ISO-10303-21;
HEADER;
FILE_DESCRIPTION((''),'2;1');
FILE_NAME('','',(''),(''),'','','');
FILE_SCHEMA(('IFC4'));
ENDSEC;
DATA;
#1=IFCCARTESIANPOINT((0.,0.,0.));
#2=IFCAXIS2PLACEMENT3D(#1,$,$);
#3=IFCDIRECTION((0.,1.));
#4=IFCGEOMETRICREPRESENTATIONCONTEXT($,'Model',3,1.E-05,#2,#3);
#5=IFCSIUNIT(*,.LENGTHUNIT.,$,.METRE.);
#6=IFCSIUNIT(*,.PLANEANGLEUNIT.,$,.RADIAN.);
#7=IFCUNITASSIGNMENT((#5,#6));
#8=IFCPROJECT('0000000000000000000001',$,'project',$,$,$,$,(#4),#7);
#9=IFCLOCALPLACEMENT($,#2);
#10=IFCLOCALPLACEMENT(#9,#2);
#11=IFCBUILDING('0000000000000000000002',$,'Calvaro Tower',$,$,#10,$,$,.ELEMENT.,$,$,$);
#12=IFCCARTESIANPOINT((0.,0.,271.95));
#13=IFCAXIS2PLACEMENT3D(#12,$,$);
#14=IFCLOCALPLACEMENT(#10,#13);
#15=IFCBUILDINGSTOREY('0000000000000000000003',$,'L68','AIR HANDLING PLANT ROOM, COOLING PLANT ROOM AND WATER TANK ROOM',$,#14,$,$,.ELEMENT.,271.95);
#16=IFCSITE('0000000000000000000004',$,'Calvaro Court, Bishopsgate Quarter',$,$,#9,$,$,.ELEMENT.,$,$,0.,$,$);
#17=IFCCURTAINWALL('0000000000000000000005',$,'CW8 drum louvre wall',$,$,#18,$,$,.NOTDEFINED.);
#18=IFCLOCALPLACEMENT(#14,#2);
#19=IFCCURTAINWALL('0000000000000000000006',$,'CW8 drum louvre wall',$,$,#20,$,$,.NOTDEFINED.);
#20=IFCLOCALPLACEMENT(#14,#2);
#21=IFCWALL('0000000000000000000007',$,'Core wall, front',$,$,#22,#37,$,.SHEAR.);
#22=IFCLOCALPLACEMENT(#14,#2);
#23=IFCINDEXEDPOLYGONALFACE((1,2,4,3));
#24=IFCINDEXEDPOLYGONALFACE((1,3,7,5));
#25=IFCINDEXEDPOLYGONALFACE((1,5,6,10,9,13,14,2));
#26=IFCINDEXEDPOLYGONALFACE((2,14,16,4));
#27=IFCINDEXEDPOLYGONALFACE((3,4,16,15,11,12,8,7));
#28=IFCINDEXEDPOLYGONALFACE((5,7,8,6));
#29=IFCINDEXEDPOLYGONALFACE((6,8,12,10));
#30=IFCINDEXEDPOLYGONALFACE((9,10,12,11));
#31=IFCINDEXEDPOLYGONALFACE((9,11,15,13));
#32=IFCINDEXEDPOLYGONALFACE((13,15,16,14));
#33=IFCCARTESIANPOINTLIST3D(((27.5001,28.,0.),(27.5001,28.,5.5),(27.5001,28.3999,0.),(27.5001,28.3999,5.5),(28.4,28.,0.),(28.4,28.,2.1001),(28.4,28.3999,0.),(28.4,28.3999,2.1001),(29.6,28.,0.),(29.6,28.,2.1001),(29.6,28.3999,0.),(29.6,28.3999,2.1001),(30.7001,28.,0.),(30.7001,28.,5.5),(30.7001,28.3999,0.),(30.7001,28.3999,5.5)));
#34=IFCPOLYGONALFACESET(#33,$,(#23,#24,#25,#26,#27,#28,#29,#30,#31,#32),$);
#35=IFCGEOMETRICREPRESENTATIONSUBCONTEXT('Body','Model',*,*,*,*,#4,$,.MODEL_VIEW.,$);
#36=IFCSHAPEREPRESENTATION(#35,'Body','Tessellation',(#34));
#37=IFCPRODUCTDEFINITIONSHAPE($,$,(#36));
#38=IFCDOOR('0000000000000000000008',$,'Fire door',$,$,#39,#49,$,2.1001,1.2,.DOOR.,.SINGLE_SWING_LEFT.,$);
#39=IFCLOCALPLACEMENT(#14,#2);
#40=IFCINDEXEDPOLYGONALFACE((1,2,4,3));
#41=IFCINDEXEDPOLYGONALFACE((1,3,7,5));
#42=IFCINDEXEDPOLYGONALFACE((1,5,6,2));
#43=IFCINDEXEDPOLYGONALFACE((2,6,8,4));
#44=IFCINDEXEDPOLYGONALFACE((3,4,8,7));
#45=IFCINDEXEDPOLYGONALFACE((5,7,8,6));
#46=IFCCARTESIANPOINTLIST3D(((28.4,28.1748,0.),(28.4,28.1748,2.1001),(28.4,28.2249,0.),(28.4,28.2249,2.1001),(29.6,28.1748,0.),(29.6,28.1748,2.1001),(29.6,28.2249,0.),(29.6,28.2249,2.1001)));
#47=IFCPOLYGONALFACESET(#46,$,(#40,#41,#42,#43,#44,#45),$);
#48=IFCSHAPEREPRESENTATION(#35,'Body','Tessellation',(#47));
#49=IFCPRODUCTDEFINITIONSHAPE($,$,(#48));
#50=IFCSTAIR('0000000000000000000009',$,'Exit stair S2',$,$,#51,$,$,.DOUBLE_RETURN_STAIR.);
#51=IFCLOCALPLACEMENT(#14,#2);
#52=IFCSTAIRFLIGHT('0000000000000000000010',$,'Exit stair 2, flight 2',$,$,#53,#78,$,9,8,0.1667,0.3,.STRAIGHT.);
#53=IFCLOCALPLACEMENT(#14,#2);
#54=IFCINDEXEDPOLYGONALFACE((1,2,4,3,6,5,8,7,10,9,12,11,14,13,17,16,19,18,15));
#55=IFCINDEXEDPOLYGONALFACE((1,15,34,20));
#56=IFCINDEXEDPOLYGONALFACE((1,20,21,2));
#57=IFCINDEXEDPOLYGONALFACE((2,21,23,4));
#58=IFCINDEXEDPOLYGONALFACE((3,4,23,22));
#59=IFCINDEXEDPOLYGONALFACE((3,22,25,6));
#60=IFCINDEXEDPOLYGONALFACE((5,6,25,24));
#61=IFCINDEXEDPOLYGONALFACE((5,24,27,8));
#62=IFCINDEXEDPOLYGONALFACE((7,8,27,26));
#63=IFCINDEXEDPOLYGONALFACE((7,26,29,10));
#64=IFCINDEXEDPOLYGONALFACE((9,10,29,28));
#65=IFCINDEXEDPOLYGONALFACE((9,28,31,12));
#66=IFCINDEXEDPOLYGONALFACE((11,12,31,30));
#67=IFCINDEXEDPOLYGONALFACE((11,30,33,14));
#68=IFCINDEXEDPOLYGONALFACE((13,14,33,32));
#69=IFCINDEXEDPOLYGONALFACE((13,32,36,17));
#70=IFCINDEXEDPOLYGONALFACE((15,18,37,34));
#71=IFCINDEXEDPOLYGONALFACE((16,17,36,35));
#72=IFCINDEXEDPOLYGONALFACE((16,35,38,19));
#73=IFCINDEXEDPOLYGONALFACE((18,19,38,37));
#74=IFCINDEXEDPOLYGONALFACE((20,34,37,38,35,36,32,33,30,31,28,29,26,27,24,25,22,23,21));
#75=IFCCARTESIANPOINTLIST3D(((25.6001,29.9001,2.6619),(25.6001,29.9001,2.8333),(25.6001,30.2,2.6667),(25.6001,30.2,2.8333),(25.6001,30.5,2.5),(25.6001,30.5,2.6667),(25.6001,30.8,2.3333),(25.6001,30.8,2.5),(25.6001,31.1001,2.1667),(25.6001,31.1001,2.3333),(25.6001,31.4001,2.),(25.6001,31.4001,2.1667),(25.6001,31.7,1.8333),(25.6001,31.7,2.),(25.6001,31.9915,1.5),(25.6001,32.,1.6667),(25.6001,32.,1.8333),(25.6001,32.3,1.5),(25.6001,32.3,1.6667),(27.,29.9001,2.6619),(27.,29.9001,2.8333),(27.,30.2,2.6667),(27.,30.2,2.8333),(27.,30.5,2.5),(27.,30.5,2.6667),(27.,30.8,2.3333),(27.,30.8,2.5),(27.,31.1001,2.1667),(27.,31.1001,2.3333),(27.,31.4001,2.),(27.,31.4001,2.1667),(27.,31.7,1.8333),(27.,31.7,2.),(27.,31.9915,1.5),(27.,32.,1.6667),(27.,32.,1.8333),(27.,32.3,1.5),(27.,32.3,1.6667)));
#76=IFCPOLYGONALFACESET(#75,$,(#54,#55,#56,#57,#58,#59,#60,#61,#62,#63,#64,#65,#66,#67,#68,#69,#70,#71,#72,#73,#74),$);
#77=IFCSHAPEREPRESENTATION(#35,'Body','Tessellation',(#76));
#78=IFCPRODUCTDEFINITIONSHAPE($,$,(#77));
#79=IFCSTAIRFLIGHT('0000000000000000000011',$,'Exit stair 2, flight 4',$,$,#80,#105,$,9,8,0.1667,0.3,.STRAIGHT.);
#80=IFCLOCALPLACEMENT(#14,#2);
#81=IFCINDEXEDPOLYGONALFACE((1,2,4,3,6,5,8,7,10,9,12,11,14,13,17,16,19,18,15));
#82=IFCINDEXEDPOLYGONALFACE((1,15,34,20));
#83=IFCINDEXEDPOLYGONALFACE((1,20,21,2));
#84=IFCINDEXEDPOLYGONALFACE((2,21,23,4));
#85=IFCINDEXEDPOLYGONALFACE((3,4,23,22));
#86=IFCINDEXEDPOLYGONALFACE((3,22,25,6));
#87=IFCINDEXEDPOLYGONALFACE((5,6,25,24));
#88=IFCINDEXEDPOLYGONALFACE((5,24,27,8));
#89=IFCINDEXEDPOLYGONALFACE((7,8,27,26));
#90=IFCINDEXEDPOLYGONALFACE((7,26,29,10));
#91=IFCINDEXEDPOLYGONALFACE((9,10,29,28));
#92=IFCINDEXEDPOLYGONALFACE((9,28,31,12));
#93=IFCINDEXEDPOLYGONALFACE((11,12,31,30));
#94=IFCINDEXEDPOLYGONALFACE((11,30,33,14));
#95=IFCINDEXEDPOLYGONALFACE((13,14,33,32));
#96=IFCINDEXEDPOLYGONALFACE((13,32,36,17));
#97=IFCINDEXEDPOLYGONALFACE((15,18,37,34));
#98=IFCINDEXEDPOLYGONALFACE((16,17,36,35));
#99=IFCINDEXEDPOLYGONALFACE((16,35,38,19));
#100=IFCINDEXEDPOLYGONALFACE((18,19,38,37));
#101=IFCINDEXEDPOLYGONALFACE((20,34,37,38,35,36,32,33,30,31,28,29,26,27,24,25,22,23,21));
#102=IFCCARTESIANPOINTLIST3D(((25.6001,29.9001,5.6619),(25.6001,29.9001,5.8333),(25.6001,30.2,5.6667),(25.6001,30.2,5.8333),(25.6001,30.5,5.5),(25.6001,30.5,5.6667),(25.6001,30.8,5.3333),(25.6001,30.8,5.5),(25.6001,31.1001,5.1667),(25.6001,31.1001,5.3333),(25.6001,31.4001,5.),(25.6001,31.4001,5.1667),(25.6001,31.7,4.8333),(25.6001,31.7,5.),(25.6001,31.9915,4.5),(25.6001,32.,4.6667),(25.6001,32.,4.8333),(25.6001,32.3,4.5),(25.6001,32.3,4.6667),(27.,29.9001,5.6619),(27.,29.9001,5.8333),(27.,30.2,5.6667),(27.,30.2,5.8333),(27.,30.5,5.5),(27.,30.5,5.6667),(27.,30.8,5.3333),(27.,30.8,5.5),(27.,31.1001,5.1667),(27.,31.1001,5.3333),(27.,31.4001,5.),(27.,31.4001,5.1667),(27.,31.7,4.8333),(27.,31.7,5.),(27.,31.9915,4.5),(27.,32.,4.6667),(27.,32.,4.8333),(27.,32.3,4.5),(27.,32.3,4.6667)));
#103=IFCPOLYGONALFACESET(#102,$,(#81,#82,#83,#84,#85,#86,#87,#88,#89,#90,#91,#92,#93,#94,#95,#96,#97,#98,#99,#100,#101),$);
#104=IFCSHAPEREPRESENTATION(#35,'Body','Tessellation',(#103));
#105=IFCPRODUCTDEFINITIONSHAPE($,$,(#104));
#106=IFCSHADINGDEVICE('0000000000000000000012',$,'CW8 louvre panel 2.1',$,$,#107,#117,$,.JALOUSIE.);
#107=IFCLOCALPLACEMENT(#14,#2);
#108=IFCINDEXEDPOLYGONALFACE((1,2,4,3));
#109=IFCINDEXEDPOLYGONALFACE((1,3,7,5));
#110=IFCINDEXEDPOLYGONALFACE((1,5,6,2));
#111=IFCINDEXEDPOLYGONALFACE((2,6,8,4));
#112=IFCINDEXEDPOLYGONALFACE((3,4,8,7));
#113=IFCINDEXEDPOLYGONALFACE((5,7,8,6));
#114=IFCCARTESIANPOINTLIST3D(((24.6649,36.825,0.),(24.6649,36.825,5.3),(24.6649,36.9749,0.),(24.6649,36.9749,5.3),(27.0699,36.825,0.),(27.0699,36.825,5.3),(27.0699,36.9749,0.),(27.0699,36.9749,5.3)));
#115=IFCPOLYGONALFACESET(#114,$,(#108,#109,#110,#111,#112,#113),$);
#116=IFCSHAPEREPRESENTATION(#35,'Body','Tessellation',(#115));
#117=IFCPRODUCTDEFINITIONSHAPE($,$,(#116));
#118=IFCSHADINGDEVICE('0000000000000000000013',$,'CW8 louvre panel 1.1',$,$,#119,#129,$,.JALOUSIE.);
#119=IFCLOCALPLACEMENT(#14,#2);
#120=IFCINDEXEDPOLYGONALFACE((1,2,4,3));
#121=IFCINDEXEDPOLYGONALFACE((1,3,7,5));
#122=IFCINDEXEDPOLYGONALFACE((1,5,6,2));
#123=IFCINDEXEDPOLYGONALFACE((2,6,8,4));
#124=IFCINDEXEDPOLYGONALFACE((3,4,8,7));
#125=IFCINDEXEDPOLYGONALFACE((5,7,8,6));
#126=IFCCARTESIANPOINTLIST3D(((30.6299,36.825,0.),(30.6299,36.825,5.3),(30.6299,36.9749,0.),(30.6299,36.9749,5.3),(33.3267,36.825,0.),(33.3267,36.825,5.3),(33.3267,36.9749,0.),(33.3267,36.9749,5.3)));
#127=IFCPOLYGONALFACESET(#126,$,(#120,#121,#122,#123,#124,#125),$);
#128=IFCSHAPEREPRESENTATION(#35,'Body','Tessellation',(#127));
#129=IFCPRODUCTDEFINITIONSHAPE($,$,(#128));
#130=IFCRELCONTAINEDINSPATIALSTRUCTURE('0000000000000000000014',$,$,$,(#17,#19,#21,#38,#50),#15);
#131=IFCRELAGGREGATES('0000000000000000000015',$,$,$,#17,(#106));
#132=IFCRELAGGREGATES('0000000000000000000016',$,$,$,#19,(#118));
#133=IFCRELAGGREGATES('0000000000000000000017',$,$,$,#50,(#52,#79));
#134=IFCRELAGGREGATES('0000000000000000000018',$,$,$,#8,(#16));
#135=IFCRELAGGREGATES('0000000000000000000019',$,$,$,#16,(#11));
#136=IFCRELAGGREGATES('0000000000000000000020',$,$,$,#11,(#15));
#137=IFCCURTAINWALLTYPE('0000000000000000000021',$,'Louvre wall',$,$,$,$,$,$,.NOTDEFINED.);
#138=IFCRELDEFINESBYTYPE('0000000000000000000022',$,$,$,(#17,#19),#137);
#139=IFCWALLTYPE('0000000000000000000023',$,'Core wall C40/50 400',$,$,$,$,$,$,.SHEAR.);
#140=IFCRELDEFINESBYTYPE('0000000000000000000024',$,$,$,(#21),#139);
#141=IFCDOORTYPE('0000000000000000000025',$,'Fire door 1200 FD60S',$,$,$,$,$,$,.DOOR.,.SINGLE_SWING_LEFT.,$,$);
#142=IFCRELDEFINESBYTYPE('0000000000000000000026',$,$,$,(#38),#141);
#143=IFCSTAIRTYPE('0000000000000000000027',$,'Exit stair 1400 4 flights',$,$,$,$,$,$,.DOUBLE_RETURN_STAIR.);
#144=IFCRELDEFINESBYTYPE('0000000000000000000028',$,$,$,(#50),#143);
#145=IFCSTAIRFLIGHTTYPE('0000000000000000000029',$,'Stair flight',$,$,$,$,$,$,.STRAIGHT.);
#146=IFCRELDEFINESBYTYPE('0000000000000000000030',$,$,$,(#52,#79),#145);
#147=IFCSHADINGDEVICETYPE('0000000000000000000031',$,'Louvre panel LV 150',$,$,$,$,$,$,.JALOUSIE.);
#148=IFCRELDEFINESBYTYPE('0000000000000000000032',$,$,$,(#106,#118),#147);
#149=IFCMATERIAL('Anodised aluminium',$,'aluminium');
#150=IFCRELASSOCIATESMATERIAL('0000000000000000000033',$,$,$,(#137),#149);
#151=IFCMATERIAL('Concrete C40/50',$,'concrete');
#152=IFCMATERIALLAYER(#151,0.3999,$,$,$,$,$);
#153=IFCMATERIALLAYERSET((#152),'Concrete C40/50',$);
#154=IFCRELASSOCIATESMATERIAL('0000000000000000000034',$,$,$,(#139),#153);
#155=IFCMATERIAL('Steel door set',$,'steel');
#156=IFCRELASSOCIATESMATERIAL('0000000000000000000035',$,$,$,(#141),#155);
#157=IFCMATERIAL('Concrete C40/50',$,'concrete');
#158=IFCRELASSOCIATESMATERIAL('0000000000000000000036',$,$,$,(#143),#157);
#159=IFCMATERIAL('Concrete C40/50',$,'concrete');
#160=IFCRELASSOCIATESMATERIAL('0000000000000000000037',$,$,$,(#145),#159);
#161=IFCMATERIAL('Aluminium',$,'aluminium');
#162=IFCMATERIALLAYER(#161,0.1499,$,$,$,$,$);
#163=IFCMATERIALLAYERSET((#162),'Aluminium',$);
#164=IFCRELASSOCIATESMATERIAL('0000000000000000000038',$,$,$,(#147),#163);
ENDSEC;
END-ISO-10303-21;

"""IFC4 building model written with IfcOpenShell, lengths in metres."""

from ifc_helpers import new_model, si_unit, direction, frame, frame_2d, origin, origin_2d, place, context, subcontext, project, spatial, polyline, rectangle, outline, extrude, material, layer, layer_set, type_object, element, fill, aggregate, save


model = new_model("IFC4")

# Units and contexts
model_context = context("Model", 3, precision=1e-05, world=origin(), true_north=direction((0.0, 1.0)))
body_context = subcontext(model_context, "Body", "Model", "MODEL_VIEW")
ifc_project = project(units=[si_unit("LENGTHUNIT", "METRE"), si_unit("PLANEANGLEUNIT", "RADIAN")], contexts=[model_context])

# Site, building, storey
site_placement = place(None, origin())
site = spatial("IfcSite", under=ifc_project, at=site_placement, Name="Calvaro Court, Bishopsgate Quarter", CompositionType="ELEMENT", RefElevation=0.0)
building_placement = place(site_placement, origin())
building = spatial("IfcBuilding", under=site, at=building_placement, Name="Calvaro Tower", CompositionType="ELEMENT")
storey_placement = place(building_placement, frame((0.0, 0.0, 271.95)))
storey = spatial("IfcBuildingStorey", under=building, at=storey_placement, Name="L68", Description="AIR HANDLING PLANT ROOM, COOLING PLANT ROOM AND WATER TANK ROOM", CompositionType="ELEMENT", Elevation=271.95)

# Curtain wall
ifc_material_1 = material(Name="Anodised aluminium", Category="aluminium")
curtain_wall_type = type_object("IfcCurtainWallType", Name="Louvre wall", PredefinedType="NOTDEFINED", material=ifc_material_1)
curtain_wall_1_placement = place(storey_placement, origin())
curtain_wall_1 = element("IfcCurtainWall", 1, at=curtain_wall_1_placement, inside=storey, type_object=curtain_wall_type, Name="CW8 drum louvre wall", PredefinedType="NOTDEFINED")

# Curtain wall
curtain_wall_2_placement = place(storey_placement, origin())
curtain_wall_2 = element("IfcCurtainWall", 2, at=curtain_wall_2_placement, inside=storey, type_object=curtain_wall_type, Name="CW8 drum louvre wall", PredefinedType="NOTDEFINED")

# Wall, opening, door
ifc_material_2 = material(Name="Concrete C40/50", Category="concrete")
ifc_layer_1 = layer(ifc_material_2, 0.3999)
ifc_layer_set_1 = layer_set([ifc_layer_1], Name="Concrete C40/50")
wall_type_1 = type_object("IfcWallType", Name="Core wall C40/50 400", PredefinedType="SHEAR", material=ifc_layer_set_1)
wall_1_placement = place(storey_placement, frame((27.5, 28.2, 0.0), z_axis=(0.0, 0.0, 1.0), x_axis=(1.0, 0.0, 0.0)))
wall_1 = element("IfcWall", 3, at=wall_1_placement, inside=storey, type_object=wall_type_1, Name="Core wall, front", PredefinedType="SHEAR", context=body_context, shape_type="SweptSolid", body=[
    extrude(rectangle(XDim=3.2, YDim=0.3999, at=frame_2d((1.6001, 0.0))), origin(), (0.0, 0.0, 1.0), 5.5),
])
opening_1_placement = place(wall_1_placement, frame((0.8999, 0.0, 0.0)))
opening_1 = element("IfcOpeningElement", 4, at=opening_1_placement, cuts=wall_1, PredefinedType="OPENING", context=body_context, shape_type="SweptSolid", body=[
    extrude(rectangle(XDim=1.2, YDim=2.1001, at=frame_2d((0.6001, 1.05))), frame((0.0, 0.21, 0.0), z_axis=(0.0, -1.0, 0.0), x_axis=(1.0, 0.0, 0.0)), (0.0, 0.0, 1.0), 0.4199),
])
ifc_material_3 = material(Name="Steel door set", Category="steel")
door_type_1 = type_object("IfcDoorType", Name="Fire door 1200 FD60S", OperationType="SINGLE_SWING_LEFT", PredefinedType="DOOR", material=ifc_material_3)
door_1_placement = place(opening_1_placement, origin())
door_1 = element("IfcDoor", 5, at=door_1_placement, inside=storey, type_object=door_type_1, Name="Fire door", OperationType="SINGLE_SWING_LEFT", OverallHeight=2.1001, OverallWidth=1.2, PredefinedType="DOOR", context=body_context, shape_type="SweptSolid", body=[
    extrude(rectangle(XDim=1.2, YDim=2.1001, at=frame_2d((0.6001, 1.05))), frame((0.0, 0.0249, 0.0), z_axis=(0.0, -1.0, 0.0), x_axis=(1.0, 0.0, 0.0)), (0.0, 0.0, 1.0), 0.05),
])
fill(opening_1, door_1)

# Stair, stair flights
ifc_material_4 = material(Name="Concrete C40/50", Category="concrete")
stair_type = type_object("IfcStairType", Name="Exit stair 1400 4 flights", PredefinedType="DOUBLE_RETURN_STAIR", material=ifc_material_4)
stair_placement = place(storey_placement, origin())
stair = element("IfcStair", 6, at=stair_placement, inside=storey, type_object=stair_type, Name="Exit stair S2", PredefinedType="DOUBLE_RETURN_STAIR")
ifc_material_5 = material(Name="Concrete C40/50", Category="concrete")
stair_flight_type = type_object("IfcStairFlightType", Name="Stair flight", PredefinedType="STRAIGHT", material=ifc_material_5)
stair_flight_1_placement = place(storey_placement, frame((26.3, 32.3, 1.5), z_axis=(0.0, 0.0, 1.0), x_axis=(0.0, -1.0, 0.0)))
stair_flight_1 = element("IfcStairFlight", 7, at=stair_flight_1_placement, type_object=stair_flight_type, Name="Exit stair 2, flight 2", NumberOfRisers=9, NumberOfTreads=8, PredefinedType="STRAIGHT", RiserHeight=0.1667, TreadLength=0.3, context=body_context, shape_type="SweptSolid", body=[
    extrude(outline(polyline([(0.0, 0.0), (0.0, 0.1667), (0.3, 0.1667), (0.3, 0.3333), (0.6001, 0.3333), (0.6001, 0.5), (0.8999, 0.5), (0.8999, 0.6667), (1.2, 0.6667), (1.2, 0.8333), (1.5, 0.8333), (1.5, 1.0), (1.8, 1.0), (1.8, 1.1667), (2.1001, 1.1667), (2.1001, 1.3333), (2.3999, 1.3333), (2.3999, 1.5), (2.3999, 1.1619), (0.3086, 0.0), (0.0, 0.0)])), frame((0.0, 0.7, 0.0), z_axis=(0.0, -1.0, 0.0), x_axis=(1.0, 0.0, 0.0)), (0.0, 0.0, 1.0), 1.3999),
])
stair_flight_2_placement = place(storey_placement, frame((26.3, 32.3, 4.5), z_axis=(0.0, 0.0, 1.0), x_axis=(0.0, -1.0, 0.0)))
stair_flight_2 = element("IfcStairFlight", 8, at=stair_flight_2_placement, type_object=stair_flight_type, Name="Exit stair 2, flight 4", NumberOfRisers=9, NumberOfTreads=8, PredefinedType="STRAIGHT", RiserHeight=0.1667, TreadLength=0.3, context=body_context, shape_type="SweptSolid", body=[
    extrude(outline(polyline([(0.0, 0.0), (0.0, 0.1667), (0.3, 0.1667), (0.3, 0.3333), (0.6001, 0.3333), (0.6001, 0.5), (0.8999, 0.5), (0.8999, 0.6667), (1.2, 0.6667), (1.2, 0.8333), (1.5, 0.8333), (1.5, 1.0), (1.8, 1.0), (1.8, 1.1667), (2.1001, 1.1667), (2.1001, 1.3333), (2.3999, 1.3333), (2.3999, 1.5), (2.3999, 1.1619), (0.3086, 0.0), (0.0, 0.0)])), frame((0.0, 0.7, 0.0), z_axis=(0.0, -1.0, 0.0), x_axis=(1.0, 0.0, 0.0)), (0.0, 0.0, 1.0), 1.3999),
])

# Shading devices
ifc_material_6 = material(Name="Aluminium", Category="aluminium")
ifc_layer_2 = layer(ifc_material_6, 0.1499)
ifc_layer_set_2 = layer_set([ifc_layer_2], Name="Aluminium")
shading_device_type = type_object("IfcShadingDeviceType", Name="Louvre panel LV 150", PredefinedType="JALOUSIE", material=ifc_layer_set_2)
shading_device_1_placement = place(storey_placement, frame((25.8674, 36.8999, 0.0), z_axis=(0.0, 0.0, 1.0), x_axis=(1.0, 0.0, 0.0)))
shading_device_1 = element("IfcShadingDevice", 9, at=shading_device_1_placement, type_object=shading_device_type, Name="CW8 louvre panel 2.1", PredefinedType="JALOUSIE", context=body_context, shape_type="SweptSolid", body=[
    extrude(rectangle(XDim=2.405, YDim=0.1499, at=origin_2d()), origin(), (0.0, 0.0, 1.0), 5.3),
])
aggregate(curtain_wall_1, [shading_device_1])
shading_device_2_placement = place(storey_placement, frame((31.9783, 36.8999, 0.0), z_axis=(0.0, 0.0, 1.0), x_axis=(1.0, 0.0, 0.0)))
shading_device_2 = element("IfcShadingDevice", 10, at=shading_device_2_placement, type_object=shading_device_type, Name="CW8 louvre panel 1.1", PredefinedType="JALOUSIE", context=body_context, shape_type="SweptSolid", body=[
    extrude(rectangle(XDim=2.6968, YDim=0.1499, at=origin_2d()), origin(), (0.0, 0.0, 1.0), 5.3),
])
aggregate(curtain_wall_2, [shading_device_2])

aggregate(stair, [stair_flight_1, stair_flight_2])

save(model, "model.ifc")
